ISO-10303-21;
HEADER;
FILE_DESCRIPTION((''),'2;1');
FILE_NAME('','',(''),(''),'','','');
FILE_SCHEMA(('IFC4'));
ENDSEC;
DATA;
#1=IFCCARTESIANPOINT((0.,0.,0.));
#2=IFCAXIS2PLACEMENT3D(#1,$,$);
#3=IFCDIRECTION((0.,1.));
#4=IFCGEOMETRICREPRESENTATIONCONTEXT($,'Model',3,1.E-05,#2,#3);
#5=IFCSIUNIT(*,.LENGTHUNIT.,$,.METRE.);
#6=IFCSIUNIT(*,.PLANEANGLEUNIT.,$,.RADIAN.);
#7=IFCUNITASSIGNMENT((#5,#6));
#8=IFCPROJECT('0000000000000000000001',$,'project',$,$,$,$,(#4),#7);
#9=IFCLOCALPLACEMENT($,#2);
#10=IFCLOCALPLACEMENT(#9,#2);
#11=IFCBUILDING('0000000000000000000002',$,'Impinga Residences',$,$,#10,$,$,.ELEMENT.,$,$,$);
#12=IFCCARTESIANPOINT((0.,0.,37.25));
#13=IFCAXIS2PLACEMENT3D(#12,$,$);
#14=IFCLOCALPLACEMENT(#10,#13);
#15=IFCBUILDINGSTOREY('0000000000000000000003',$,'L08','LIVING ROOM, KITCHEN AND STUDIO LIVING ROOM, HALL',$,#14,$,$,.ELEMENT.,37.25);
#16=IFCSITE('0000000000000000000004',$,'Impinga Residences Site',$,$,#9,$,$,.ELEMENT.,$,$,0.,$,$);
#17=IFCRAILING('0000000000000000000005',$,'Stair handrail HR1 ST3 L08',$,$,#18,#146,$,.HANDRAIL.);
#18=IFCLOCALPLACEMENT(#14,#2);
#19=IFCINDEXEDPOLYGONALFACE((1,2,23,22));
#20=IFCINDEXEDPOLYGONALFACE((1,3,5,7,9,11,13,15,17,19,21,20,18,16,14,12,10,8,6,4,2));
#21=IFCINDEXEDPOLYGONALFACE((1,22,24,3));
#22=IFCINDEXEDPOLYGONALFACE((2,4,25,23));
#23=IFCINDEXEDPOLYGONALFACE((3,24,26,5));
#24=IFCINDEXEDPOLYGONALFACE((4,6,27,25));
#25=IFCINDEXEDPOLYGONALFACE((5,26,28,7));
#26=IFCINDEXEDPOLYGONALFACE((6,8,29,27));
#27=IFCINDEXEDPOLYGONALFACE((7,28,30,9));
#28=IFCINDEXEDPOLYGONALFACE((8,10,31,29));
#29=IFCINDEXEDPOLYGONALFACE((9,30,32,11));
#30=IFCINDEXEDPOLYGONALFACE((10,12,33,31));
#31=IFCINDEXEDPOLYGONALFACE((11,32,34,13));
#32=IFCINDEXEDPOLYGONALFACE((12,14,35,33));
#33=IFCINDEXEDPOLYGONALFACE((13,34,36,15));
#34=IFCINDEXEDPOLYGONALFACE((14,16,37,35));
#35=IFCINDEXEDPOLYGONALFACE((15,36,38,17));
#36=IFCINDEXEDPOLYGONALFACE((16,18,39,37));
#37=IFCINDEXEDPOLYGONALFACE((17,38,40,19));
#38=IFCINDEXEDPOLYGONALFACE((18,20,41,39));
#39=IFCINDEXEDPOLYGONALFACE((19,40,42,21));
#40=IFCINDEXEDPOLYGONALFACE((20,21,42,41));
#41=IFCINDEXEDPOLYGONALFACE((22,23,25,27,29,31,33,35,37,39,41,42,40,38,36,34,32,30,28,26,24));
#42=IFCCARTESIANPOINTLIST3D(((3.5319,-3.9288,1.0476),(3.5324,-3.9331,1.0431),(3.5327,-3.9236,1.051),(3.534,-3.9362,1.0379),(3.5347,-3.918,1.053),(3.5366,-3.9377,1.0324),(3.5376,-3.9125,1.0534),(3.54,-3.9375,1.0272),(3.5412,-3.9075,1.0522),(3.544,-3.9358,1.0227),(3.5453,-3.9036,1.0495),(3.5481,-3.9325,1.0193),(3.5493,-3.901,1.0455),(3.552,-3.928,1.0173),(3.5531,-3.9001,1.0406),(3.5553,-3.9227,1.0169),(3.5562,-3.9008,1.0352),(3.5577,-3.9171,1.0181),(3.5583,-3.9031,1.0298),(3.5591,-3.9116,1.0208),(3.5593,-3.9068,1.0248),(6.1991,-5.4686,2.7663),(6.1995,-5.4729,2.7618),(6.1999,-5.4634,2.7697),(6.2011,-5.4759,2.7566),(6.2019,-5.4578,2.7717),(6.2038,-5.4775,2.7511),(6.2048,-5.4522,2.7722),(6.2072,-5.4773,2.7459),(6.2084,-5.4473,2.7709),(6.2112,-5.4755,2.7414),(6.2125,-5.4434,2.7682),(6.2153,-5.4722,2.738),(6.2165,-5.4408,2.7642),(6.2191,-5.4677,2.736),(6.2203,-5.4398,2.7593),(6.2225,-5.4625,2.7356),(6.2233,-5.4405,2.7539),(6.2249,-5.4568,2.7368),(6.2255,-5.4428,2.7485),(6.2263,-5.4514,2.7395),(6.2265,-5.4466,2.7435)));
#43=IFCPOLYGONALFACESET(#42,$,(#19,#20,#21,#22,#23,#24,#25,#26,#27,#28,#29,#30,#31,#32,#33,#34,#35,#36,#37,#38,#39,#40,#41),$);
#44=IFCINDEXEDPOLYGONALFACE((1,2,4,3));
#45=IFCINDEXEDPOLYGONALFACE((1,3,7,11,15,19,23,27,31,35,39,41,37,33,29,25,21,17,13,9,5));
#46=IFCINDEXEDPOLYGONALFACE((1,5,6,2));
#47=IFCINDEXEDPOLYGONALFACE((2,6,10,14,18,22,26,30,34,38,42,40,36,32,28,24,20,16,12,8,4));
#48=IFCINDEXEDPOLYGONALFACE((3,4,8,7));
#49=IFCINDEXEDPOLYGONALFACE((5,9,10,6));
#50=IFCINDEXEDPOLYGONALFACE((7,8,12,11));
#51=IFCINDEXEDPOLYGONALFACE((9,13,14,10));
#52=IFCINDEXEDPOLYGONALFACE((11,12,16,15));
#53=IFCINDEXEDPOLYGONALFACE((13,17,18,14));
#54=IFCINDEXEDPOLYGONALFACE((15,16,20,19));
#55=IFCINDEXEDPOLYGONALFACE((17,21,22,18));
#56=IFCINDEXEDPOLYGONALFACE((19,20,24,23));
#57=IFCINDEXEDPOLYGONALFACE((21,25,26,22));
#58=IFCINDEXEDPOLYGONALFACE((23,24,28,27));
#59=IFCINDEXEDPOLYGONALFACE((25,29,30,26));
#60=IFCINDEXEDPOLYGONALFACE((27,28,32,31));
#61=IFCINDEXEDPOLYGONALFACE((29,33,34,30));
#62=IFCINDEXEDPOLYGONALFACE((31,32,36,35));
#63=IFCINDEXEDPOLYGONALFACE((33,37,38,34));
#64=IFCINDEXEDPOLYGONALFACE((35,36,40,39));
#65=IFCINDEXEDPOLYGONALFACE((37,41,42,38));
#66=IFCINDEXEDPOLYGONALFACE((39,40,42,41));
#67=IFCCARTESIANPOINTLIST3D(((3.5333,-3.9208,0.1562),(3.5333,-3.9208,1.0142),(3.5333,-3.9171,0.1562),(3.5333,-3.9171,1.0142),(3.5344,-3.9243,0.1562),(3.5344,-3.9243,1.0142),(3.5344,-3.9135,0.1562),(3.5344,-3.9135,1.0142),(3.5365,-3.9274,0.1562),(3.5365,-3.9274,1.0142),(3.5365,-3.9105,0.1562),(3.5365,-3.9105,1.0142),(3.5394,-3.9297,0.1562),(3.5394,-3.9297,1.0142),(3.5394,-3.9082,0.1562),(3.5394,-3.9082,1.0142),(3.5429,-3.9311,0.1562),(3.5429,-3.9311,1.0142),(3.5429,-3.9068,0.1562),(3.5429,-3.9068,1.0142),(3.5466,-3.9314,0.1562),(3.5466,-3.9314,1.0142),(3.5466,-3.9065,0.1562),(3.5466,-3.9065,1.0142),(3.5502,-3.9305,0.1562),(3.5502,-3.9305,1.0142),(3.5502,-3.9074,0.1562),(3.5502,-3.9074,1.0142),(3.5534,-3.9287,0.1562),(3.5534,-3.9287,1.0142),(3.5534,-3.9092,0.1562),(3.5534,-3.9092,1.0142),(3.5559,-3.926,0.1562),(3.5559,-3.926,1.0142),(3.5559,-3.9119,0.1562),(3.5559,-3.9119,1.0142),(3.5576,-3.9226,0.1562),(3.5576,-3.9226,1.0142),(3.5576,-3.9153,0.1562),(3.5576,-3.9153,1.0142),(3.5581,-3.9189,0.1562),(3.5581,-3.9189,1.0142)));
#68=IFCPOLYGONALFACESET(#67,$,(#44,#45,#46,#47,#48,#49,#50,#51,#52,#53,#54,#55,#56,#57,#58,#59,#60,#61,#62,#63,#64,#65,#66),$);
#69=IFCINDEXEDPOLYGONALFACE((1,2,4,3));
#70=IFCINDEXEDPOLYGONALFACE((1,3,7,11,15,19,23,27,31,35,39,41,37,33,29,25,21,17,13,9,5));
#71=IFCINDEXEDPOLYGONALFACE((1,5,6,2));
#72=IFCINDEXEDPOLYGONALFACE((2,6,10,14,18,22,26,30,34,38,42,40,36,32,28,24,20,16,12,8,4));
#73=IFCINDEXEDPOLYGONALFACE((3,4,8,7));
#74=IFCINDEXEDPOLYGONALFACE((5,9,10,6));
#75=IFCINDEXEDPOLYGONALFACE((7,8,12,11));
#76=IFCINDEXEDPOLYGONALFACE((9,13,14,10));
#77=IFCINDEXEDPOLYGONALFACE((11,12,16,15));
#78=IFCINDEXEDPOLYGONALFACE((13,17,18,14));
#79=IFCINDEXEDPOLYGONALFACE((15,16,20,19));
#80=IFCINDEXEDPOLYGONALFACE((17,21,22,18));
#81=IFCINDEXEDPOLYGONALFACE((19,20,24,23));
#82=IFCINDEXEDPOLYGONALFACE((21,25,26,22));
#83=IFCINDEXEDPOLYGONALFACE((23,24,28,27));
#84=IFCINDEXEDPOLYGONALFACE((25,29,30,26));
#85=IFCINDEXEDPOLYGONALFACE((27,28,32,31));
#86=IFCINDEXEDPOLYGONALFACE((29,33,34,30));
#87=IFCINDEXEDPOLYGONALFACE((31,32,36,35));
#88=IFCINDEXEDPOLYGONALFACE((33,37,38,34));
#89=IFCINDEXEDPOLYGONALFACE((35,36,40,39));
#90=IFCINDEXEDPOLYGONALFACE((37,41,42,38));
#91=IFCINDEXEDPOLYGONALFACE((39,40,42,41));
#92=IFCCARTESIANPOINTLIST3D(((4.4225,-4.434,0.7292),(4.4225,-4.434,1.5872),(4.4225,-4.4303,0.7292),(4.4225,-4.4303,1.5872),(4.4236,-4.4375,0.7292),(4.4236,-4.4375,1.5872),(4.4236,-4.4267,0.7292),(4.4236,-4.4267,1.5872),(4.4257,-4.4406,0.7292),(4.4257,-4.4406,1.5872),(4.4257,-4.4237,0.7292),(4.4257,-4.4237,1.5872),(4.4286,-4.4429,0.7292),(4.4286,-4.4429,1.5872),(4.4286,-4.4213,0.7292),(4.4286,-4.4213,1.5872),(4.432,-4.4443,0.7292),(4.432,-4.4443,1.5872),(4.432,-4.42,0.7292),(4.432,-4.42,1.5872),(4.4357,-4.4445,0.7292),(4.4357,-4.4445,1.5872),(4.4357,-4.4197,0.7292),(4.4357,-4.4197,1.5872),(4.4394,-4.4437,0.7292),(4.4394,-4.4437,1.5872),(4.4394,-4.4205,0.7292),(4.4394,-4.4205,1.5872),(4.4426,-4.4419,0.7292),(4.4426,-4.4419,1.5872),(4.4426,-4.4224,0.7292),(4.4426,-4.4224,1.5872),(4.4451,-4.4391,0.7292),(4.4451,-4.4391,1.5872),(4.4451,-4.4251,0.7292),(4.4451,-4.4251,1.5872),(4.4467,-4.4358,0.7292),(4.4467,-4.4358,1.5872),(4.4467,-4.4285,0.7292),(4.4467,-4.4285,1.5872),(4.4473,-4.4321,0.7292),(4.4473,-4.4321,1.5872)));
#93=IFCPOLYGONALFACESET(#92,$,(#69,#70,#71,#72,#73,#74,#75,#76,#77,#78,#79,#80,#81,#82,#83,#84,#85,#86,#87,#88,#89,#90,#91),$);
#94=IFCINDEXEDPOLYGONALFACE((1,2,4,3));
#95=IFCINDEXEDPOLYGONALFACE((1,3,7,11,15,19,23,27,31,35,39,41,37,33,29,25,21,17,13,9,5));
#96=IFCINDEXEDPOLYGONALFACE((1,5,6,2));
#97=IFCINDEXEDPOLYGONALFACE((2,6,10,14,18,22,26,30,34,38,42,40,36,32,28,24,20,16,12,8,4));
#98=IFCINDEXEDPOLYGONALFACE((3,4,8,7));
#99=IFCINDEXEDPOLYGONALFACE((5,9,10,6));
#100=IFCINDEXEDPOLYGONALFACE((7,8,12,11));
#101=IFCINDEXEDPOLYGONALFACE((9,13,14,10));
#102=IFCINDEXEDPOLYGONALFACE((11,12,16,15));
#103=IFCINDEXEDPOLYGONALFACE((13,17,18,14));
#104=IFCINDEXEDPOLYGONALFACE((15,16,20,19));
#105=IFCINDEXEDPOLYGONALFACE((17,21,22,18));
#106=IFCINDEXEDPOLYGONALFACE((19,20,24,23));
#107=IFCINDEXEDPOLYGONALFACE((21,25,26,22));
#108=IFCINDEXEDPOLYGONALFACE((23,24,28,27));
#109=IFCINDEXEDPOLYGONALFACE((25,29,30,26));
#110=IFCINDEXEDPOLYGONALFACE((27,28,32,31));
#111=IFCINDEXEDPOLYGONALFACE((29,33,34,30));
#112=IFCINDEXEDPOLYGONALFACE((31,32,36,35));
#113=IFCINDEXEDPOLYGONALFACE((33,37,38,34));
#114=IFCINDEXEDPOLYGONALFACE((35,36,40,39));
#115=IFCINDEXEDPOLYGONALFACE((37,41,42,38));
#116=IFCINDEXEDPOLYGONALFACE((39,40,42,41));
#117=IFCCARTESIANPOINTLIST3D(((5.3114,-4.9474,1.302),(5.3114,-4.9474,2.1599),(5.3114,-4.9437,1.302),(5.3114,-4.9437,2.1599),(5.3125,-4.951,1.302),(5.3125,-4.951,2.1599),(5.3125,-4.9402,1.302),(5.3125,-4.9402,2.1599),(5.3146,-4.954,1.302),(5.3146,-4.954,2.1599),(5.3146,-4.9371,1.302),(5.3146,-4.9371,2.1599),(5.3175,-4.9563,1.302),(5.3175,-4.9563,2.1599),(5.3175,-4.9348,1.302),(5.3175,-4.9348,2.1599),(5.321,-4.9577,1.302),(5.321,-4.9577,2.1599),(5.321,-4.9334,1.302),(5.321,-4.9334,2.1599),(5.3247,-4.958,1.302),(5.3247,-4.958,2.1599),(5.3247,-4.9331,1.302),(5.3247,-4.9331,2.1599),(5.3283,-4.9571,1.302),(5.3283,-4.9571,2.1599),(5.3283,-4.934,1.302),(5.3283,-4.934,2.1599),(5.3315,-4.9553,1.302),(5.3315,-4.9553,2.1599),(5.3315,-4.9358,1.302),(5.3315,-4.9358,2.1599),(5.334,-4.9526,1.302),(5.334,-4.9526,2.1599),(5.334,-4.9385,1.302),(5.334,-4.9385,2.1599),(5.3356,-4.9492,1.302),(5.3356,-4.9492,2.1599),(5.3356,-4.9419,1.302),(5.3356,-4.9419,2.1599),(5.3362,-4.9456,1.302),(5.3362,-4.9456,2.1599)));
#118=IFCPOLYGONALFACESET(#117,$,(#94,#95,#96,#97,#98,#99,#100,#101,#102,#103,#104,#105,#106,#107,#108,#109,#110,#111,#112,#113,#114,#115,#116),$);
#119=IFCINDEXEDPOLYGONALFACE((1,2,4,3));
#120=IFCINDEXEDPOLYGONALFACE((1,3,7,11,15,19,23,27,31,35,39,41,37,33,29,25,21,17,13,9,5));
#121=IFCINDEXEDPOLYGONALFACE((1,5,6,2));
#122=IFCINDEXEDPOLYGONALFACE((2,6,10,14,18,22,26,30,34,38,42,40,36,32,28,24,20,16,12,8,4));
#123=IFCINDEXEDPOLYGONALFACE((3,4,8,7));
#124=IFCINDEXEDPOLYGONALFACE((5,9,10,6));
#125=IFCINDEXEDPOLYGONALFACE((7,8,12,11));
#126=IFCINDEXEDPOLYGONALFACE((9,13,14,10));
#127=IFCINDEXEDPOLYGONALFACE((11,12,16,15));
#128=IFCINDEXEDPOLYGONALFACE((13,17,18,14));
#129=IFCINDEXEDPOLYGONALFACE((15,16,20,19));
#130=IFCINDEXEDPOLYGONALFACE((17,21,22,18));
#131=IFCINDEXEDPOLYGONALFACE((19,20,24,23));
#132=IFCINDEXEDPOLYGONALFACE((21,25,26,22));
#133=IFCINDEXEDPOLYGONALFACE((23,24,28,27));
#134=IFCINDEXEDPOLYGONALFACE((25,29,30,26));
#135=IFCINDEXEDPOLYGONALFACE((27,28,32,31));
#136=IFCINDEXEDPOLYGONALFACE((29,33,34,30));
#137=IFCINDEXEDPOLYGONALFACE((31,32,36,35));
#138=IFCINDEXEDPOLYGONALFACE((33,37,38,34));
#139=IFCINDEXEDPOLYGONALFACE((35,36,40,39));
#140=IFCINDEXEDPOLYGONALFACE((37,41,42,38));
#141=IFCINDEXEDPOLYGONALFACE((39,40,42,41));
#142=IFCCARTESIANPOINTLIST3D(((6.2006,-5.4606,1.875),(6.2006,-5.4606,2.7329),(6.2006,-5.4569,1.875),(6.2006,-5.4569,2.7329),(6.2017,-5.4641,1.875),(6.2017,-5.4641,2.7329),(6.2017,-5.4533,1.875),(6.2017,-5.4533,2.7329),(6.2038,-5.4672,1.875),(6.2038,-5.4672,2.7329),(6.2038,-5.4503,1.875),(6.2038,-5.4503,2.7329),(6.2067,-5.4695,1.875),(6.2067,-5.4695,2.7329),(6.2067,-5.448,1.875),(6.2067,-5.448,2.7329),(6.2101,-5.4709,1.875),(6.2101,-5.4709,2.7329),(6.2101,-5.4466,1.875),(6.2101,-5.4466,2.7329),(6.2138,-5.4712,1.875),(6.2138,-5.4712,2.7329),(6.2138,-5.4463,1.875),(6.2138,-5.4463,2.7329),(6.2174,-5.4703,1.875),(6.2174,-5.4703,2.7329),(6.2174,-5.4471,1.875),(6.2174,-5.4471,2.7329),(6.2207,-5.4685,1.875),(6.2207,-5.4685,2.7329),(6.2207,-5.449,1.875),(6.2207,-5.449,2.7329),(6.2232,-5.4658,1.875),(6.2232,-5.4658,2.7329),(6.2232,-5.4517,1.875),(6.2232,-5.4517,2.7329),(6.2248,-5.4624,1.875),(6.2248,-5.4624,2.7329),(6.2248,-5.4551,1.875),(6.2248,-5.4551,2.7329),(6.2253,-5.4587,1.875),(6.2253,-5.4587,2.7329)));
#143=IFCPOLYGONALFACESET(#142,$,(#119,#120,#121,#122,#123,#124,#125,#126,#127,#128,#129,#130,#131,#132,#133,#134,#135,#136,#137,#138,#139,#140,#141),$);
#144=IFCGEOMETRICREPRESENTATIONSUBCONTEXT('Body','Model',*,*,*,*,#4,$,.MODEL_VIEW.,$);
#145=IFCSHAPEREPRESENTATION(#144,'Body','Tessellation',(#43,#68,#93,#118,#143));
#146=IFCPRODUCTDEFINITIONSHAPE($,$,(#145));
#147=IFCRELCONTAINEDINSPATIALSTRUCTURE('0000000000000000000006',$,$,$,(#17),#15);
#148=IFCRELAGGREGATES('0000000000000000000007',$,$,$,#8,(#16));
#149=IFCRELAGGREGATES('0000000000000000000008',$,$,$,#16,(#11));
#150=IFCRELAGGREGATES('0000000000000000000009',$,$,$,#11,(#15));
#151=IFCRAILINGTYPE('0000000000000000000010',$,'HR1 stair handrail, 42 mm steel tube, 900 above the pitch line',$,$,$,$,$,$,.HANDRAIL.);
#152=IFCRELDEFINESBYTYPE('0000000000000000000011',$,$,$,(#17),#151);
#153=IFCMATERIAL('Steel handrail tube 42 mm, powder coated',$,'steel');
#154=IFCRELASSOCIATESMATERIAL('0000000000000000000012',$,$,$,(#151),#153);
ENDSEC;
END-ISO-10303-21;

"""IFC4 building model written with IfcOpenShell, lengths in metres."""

from ifc_helpers import new_model, si_unit, direction, frame, origin, origin_2d, place, context, subcontext, project, spatial, circle, extrude, material, type_object, element, save


model = new_model("IFC4")

# Units and contexts
model_context = context("Model", 3, precision=1e-05, world=origin(), true_north=direction((0.0, 1.0)))
body_context = subcontext(model_context, "Body", "Model", "MODEL_VIEW")
ifc_project = project(units=[si_unit("LENGTHUNIT", "METRE"), si_unit("PLANEANGLEUNIT", "RADIAN")], contexts=[model_context])

# Site, building, storey
site_placement = place(None, origin())
site = spatial("IfcSite", under=ifc_project, at=site_placement, Name="Impinga Residences Site", CompositionType="ELEMENT", RefElevation=0.0)
building_placement = place(site_placement, origin())
building = spatial("IfcBuilding", under=site, at=building_placement, Name="Impinga Residences", CompositionType="ELEMENT")
storey_placement = place(building_placement, frame((0.0, 0.0, 37.25)))
storey = spatial("IfcBuildingStorey", under=building, at=storey_placement, Name="L08", Description="LIVING ROOM, KITCHEN AND STUDIO LIVING ROOM, HALL", CompositionType="ELEMENT", Elevation=37.25)

# Railing
ifc_material_1 = material(Name="Steel handrail tube 42 mm, powder coated", Category="steel")
railing_type_1 = type_object("IfcRailingType", Name="HR1 stair handrail, 42 mm steel tube, 900 above the pitch line", PredefinedType="HANDRAIL", material=ifc_material_1)
railing_1_placement = place(storey_placement, frame((3.5457, -3.9189, 0.1562)))
element("IfcRailing", 1, at=railing_1_placement, inside=storey, type_object=railing_type_1, Name="Stair handrail HR1 ST3 L08", PredefinedType="HANDRAIL", context=body_context, shape_type="SweptSolid", body=[
    extrude(circle(Radius=0.021, at=origin_2d()), frame((0.0, 0.0, 0.8789), z_axis=(0.756249, -0.436582, 0.487322), x_axis=(0.499967, 0.866044, 0.0)), (0.0, 0.0, 1.0), 3.5269),
    extrude(circle(Radius=0.0125, at=origin_2d()), origin(), (0.0, 0.0, 1.0), 0.8579),
    extrude(circle(Radius=0.0125, at=origin_2d()), frame((0.8892, -0.5132, 0.573)), (0.0, 0.0, 1.0), 0.8579),
    extrude(circle(Radius=0.0125, at=origin_2d()), frame((1.7781, -1.0266, 1.1458)), (0.0, 0.0, 1.0), 0.8579),
    extrude(circle(Radius=0.0125, at=origin_2d()), frame((2.6672, -1.5398, 1.7188)), (0.0, 0.0, 1.0), 0.8579),
])

save(model, "model.ifc")
